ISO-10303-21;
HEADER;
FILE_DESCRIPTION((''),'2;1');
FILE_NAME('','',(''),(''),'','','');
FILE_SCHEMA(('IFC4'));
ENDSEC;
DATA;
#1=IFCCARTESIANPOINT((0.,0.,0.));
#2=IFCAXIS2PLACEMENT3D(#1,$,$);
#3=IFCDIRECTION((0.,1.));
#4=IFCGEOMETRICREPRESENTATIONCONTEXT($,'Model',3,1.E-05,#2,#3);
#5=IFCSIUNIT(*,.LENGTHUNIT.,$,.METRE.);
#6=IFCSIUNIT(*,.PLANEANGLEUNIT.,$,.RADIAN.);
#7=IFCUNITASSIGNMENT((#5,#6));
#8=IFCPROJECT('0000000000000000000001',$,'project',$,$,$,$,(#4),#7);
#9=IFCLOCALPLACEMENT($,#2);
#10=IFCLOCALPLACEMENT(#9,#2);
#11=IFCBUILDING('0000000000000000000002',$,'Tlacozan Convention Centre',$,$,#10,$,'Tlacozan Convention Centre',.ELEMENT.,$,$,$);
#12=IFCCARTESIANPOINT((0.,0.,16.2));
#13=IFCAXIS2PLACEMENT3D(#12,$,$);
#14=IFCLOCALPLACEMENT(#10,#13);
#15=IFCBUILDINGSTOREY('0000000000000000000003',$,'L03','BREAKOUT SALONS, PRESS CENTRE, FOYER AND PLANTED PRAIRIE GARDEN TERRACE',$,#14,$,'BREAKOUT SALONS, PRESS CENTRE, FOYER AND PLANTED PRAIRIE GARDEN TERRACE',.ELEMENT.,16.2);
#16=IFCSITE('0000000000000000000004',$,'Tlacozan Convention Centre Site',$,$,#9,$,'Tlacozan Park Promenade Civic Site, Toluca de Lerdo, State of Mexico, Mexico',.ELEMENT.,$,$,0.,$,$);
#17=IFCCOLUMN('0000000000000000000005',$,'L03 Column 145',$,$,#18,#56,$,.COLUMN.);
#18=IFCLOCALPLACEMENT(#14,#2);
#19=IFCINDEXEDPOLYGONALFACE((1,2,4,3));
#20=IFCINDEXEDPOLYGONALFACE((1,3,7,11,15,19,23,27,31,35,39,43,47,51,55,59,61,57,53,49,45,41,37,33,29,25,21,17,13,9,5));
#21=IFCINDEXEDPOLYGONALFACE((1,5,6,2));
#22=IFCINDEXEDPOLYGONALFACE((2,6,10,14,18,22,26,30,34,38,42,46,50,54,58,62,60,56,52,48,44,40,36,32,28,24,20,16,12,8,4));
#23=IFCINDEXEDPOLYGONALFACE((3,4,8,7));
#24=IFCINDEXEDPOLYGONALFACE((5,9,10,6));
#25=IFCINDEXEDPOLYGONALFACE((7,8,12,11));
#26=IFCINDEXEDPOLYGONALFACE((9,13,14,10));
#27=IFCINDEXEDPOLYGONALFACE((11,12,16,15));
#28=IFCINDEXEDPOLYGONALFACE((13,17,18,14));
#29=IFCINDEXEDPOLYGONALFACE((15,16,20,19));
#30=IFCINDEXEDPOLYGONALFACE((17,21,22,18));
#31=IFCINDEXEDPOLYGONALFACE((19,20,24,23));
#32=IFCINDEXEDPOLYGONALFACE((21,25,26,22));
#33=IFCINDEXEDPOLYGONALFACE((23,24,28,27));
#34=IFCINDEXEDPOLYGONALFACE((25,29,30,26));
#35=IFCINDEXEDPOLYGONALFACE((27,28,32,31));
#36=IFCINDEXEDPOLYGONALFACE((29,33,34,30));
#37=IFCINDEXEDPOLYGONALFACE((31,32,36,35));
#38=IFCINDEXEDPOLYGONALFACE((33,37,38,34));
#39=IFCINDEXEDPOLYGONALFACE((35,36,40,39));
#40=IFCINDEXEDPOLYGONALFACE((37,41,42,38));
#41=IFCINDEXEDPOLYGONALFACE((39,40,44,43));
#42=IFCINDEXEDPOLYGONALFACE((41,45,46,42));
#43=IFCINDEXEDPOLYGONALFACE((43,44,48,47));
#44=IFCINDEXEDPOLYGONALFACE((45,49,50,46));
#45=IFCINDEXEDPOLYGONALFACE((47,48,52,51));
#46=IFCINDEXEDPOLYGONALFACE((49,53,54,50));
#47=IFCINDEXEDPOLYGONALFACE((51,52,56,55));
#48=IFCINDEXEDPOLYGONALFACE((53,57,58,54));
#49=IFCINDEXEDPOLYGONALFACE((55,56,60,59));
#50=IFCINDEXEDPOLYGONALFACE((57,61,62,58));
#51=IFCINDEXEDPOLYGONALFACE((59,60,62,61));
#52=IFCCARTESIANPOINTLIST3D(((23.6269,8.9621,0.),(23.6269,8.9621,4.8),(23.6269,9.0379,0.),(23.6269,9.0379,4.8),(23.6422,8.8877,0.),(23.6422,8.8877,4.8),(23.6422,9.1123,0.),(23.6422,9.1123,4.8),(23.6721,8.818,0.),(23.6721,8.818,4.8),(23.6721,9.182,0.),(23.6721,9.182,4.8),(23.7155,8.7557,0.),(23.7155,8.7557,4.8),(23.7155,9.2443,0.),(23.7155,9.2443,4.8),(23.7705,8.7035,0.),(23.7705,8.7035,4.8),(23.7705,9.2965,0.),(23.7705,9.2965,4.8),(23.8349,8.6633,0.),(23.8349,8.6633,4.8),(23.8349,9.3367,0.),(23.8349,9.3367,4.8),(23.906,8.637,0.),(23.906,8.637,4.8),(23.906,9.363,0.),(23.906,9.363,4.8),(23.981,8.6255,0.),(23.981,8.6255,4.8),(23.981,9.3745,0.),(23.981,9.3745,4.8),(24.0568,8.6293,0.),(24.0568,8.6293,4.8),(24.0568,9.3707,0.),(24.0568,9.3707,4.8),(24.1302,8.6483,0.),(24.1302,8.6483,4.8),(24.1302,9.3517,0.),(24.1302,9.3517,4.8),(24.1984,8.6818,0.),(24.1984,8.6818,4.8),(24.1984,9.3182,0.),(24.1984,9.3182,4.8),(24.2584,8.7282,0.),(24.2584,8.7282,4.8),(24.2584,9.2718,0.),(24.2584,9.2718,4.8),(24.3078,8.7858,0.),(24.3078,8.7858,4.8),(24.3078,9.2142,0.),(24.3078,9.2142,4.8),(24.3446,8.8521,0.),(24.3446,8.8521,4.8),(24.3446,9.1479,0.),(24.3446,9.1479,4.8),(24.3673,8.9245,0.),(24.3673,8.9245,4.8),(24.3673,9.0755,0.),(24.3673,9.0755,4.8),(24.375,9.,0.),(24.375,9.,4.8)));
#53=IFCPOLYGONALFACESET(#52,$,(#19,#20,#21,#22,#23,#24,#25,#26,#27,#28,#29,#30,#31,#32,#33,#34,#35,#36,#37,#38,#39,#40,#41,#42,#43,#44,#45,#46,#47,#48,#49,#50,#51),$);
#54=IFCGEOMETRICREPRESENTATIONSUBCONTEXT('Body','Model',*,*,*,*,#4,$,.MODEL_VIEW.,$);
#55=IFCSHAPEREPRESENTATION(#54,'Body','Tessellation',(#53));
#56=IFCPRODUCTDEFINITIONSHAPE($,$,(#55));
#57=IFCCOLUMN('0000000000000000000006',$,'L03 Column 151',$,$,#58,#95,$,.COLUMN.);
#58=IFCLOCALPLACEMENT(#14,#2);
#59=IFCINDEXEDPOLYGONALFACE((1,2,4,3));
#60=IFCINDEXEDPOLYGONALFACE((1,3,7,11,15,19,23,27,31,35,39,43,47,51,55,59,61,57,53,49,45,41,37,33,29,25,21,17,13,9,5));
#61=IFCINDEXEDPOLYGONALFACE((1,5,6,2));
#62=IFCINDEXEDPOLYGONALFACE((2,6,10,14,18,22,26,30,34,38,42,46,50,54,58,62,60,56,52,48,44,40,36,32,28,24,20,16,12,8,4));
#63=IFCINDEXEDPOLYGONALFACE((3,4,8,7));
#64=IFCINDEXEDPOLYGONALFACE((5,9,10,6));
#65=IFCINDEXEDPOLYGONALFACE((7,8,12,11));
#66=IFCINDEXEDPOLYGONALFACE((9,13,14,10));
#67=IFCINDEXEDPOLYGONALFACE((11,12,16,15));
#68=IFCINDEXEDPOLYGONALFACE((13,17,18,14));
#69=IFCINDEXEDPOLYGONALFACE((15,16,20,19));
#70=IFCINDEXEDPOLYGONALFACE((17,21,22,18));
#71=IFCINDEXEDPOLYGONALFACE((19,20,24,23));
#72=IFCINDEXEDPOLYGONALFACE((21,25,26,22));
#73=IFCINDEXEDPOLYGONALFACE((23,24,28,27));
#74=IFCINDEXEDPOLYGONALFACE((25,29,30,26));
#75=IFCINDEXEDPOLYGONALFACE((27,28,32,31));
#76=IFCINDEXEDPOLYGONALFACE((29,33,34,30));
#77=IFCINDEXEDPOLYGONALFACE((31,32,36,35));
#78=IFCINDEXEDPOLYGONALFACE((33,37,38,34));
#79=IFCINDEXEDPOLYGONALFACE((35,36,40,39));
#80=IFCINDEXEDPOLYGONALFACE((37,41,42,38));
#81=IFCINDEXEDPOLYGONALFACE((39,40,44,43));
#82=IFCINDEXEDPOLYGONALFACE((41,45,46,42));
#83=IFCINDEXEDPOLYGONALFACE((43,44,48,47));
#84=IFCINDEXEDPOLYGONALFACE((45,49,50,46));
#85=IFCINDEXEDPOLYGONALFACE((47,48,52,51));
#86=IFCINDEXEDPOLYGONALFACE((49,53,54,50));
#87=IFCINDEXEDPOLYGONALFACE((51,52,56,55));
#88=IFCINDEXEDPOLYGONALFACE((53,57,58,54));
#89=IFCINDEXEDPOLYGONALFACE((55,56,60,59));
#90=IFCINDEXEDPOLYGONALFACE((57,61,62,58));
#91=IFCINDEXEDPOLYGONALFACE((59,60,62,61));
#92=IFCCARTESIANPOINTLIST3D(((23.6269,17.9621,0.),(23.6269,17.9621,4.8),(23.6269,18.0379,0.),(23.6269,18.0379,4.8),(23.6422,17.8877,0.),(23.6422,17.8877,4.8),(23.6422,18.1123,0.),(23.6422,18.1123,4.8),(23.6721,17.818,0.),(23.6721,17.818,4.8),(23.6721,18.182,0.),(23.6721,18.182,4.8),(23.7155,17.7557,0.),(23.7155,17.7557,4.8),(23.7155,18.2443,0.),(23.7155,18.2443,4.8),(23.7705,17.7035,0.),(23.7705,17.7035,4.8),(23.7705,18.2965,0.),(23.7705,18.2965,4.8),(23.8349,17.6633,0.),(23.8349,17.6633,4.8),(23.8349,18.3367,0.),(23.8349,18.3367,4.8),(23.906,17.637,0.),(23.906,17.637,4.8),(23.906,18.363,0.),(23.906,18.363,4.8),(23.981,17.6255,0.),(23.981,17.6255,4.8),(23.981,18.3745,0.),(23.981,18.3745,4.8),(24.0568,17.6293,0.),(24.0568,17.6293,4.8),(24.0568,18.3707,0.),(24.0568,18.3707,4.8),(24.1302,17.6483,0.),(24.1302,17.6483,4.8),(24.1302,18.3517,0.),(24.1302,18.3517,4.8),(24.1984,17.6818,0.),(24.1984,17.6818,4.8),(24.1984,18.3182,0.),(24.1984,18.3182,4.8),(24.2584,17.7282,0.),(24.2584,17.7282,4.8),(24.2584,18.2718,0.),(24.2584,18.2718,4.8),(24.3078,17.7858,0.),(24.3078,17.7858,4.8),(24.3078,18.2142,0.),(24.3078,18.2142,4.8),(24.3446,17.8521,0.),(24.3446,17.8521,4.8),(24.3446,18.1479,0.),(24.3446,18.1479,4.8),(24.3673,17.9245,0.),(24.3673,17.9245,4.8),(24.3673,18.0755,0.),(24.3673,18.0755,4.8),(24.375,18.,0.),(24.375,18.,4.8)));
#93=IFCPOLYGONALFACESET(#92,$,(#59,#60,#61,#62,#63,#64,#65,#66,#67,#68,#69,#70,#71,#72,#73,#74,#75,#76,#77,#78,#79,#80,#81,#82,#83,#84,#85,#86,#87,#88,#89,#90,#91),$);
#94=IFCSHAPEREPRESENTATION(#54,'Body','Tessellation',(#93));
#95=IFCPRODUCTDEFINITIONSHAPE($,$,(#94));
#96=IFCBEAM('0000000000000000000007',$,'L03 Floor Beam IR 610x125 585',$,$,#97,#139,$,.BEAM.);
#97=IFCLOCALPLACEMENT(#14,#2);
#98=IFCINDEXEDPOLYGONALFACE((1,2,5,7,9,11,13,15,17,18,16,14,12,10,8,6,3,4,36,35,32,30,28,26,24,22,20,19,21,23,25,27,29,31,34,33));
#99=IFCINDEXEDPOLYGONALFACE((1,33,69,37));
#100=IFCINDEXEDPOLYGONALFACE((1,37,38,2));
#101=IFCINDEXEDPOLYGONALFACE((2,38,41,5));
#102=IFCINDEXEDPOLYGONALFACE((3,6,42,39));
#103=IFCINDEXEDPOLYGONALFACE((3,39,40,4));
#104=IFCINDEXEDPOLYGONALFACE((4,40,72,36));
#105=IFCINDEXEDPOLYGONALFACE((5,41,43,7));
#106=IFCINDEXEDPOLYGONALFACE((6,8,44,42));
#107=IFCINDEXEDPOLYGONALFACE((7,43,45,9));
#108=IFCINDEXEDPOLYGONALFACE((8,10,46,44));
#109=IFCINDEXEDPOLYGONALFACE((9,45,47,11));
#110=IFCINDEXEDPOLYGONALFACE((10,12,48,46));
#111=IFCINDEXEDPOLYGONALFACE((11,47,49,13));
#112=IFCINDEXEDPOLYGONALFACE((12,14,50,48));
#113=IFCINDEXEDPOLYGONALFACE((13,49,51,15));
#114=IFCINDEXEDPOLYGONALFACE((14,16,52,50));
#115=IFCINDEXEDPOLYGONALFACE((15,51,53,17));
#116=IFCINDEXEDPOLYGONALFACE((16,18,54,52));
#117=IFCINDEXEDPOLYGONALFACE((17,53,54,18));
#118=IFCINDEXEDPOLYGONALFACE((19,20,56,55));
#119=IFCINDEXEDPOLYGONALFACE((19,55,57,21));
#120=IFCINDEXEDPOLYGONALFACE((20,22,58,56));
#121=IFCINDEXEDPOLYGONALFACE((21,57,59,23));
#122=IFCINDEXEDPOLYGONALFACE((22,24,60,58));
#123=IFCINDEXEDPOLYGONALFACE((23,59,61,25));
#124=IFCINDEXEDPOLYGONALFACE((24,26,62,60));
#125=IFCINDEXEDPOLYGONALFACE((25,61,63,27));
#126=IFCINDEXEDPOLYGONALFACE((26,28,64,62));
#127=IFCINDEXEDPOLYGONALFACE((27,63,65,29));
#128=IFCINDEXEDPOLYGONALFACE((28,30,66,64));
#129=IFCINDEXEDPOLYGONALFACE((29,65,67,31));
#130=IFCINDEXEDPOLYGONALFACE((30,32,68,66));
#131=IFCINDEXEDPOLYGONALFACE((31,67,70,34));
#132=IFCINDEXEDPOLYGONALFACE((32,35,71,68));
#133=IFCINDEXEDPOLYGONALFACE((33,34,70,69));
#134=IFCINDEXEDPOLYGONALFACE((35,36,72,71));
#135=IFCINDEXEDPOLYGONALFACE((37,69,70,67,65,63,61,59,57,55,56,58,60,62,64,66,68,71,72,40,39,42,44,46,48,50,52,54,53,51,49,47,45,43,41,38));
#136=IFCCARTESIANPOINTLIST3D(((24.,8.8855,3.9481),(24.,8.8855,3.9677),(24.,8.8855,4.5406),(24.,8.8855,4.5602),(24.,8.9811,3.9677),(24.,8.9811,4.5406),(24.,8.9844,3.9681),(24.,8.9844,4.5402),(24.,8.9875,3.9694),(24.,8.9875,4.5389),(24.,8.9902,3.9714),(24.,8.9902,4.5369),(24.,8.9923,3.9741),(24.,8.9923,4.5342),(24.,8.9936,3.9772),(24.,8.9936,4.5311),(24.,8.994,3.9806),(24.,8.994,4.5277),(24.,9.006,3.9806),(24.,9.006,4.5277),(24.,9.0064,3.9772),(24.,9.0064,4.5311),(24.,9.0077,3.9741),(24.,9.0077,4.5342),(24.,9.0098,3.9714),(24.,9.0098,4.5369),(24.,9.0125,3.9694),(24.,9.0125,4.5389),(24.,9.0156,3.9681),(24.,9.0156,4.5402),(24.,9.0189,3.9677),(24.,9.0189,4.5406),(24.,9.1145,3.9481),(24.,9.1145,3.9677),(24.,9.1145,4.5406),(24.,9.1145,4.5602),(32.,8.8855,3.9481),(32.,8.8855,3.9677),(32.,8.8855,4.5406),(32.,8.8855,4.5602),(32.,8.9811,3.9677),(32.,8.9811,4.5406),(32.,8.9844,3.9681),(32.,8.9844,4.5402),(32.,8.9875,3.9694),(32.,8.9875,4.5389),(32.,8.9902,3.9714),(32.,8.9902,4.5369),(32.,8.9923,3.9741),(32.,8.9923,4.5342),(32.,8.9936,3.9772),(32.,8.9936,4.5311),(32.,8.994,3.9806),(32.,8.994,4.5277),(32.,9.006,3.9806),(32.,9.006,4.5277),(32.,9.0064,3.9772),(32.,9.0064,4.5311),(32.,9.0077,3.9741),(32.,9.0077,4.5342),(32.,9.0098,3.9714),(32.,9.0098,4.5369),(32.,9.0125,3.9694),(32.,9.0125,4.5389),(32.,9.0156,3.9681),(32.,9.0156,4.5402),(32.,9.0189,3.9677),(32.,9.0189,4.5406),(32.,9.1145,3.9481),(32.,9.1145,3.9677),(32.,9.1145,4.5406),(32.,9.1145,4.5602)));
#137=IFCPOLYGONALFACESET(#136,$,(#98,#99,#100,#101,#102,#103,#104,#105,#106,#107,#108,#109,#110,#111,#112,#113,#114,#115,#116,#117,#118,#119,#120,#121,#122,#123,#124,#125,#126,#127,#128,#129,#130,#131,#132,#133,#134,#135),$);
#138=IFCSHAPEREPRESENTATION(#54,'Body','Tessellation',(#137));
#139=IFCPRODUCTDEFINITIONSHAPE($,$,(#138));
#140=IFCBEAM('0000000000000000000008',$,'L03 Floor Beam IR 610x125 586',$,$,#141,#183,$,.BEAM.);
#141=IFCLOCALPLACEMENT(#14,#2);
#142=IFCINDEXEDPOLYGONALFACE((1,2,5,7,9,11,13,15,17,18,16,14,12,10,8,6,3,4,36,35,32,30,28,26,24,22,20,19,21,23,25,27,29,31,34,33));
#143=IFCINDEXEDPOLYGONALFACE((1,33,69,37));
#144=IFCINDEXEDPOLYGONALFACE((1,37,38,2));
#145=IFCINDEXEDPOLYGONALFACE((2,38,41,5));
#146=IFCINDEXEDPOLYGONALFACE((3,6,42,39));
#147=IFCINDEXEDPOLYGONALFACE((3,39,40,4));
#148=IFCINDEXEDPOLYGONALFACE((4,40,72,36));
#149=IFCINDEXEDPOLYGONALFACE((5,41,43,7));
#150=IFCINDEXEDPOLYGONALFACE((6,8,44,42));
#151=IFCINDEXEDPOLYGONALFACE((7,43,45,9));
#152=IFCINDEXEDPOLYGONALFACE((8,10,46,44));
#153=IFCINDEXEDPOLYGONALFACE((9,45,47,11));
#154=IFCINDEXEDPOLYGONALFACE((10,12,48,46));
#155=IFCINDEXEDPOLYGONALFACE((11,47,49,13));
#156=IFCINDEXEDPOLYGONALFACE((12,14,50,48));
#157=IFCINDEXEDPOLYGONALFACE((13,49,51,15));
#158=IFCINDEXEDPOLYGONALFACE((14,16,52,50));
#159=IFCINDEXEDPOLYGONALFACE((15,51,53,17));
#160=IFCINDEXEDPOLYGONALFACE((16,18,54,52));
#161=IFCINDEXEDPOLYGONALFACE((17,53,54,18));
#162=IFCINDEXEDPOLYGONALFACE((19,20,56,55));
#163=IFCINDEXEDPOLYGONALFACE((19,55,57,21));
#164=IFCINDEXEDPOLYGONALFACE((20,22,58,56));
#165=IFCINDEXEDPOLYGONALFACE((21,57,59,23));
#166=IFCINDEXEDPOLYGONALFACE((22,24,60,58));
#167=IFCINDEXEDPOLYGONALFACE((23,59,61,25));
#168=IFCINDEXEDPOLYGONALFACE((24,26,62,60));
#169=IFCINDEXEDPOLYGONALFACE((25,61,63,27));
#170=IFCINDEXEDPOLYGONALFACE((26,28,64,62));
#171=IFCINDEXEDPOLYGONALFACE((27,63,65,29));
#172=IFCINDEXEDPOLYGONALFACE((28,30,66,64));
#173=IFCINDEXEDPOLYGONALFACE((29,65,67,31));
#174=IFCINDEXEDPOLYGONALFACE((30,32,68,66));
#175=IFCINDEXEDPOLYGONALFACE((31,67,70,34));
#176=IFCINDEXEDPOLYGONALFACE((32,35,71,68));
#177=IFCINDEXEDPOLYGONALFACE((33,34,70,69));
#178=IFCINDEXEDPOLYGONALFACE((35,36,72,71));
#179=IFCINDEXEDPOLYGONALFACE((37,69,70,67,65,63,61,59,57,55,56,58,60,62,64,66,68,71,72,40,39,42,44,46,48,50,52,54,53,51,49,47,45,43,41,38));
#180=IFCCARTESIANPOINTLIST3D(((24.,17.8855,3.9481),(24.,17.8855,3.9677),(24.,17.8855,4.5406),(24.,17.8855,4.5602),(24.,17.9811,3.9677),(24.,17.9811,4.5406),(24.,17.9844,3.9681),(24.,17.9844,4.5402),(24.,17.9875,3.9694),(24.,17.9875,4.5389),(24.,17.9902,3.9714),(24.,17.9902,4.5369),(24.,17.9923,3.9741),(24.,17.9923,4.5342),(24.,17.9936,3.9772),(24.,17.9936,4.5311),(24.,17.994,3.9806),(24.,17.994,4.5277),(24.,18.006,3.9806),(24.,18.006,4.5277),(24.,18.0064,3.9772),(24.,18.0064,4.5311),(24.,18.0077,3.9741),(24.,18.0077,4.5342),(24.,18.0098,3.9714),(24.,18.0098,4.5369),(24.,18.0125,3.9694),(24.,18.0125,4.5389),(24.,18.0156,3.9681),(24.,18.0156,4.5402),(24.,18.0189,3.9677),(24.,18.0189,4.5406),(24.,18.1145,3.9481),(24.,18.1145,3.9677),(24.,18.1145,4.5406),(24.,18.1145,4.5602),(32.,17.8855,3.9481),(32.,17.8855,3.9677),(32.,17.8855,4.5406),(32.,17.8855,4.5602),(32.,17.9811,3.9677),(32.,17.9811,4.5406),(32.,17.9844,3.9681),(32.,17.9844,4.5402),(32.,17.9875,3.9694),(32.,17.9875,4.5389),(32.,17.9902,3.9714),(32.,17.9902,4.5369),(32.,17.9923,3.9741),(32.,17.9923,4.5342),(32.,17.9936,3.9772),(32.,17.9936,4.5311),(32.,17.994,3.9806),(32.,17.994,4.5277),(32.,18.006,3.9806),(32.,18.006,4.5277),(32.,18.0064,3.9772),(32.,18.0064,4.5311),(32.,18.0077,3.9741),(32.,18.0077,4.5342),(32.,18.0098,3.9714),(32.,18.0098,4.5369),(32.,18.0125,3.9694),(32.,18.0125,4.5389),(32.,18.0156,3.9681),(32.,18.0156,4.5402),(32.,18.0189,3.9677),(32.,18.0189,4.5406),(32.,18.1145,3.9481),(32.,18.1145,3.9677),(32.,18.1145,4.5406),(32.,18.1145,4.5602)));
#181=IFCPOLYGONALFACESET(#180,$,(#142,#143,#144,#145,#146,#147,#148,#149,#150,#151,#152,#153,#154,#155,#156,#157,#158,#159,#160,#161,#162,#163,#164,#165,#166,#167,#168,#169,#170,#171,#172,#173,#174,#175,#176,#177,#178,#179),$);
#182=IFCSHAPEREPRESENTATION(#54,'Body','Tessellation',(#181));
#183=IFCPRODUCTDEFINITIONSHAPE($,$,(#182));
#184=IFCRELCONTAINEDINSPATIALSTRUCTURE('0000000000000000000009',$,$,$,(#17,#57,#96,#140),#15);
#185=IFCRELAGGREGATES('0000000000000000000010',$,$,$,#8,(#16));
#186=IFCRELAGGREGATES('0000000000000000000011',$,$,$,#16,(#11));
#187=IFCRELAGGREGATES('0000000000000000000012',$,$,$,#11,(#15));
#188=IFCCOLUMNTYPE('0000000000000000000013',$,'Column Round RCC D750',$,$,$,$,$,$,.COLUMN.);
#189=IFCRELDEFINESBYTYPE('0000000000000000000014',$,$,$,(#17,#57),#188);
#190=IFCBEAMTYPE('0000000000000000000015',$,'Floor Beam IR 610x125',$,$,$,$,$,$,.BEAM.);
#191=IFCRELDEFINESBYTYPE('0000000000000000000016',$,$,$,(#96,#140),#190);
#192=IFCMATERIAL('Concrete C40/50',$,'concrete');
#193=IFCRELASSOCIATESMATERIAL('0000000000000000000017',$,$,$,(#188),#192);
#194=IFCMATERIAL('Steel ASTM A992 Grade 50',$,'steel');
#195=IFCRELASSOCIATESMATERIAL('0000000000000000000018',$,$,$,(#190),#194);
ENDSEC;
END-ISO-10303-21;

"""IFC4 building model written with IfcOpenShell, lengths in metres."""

from ifc_helpers import new_model, si_unit, direction, frame, origin, origin_2d, place, context, subcontext, project, spatial, circle, i_section, extrude, material, material_profile, profile_set, type_object, element, save


model = new_model("IFC4")

# Units and contexts
model_context = context("Model", 3, precision=1e-05, world=origin(), true_north=direction((0.0, 1.0)))
body_context = subcontext(model_context, "Body", "Model", "MODEL_VIEW")
ifc_project = project(units=[si_unit("LENGTHUNIT", "METRE"), si_unit("PLANEANGLEUNIT", "RADIAN")], contexts=[model_context])

# Site, building, storey
site_placement = place(None, origin())
site = spatial("IfcSite", under=ifc_project, at=site_placement, Name="Tlacozan Convention Centre Site", LongName="Tlacozan Park Promenade Civic Site, Toluca de Lerdo, State of Mexico, Mexico", CompositionType="ELEMENT", RefElevation=0.0)
building_placement = place(site_placement, origin())
building = spatial("IfcBuilding", under=site, at=building_placement, Name="Tlacozan Convention Centre", LongName="Tlacozan Convention Centre", CompositionType="ELEMENT")
storey_placement = place(building_placement, frame((0.0, 0.0, 16.2)))
storey = spatial("IfcBuildingStorey", under=building, at=storey_placement, Name="L03", Description="BREAKOUT SALONS, PRESS CENTRE, FOYER AND PLANTED PRAIRIE GARDEN TERRACE", LongName="BREAKOUT SALONS, PRESS CENTRE, FOYER AND PLANTED PRAIRIE GARDEN TERRACE", CompositionType="ELEMENT", Elevation=16.2)

# Columns
ifc_material_1 = material(Name="Concrete C40/50", Category="concrete")
ifc_material_profile_1 = material_profile(ifc_material_1, circle(Radius=0.375, at=origin_2d()), Name="RCC D750")
ifc_profile_set_1 = profile_set([ifc_material_profile_1], Name="Concrete C40/50")
column_type = type_object("IfcColumnType", Name="Column Round RCC D750", PredefinedType="COLUMN", material=ifc_profile_set_1)
for number, where, z_axis, x_axis, name in (
    (1, (24.0, 9.0, 0.0), (0.0, 0.0, 1.0), (1.0, 0.0, 0.0), "L03 Column 145"),
    (2, (24.0, 18.0, 0.0), (0.0, 0.0, 1.0), (1.0, 0.0, 0.0), "L03 Column 151"),
):
    element("IfcColumn", number, at=place(storey_placement, frame(where, z_axis=z_axis, x_axis=x_axis)), inside=storey, type_object=column_type, Name=name, PredefinedType="COLUMN", context=body_context, shape_type="SweptSolid", body=[
        extrude(circle(Radius=0.375, at=origin_2d()), origin(), (0.0, 0.0, 1.0), 4.8),
    ])

# Beams
ifc_material_2 = material(Name="Steel ASTM A992 Grade 50", Category="steel")
ifc_material_profile_2 = material_profile(ifc_material_2, i_section(OverallWidth=0.229, OverallDepth=0.6121, WebThickness=0.012, FlangeThickness=0.0195, FilletRadius=0.0129, at=origin_2d()), Name="IR 610x125.0")
ifc_profile_set_2 = profile_set([ifc_material_profile_2], Name="Steel ASTM A992 Grade 50")
beam_type_1 = type_object("IfcBeamType", Name="Floor Beam IR 610x125", PredefinedType="BEAM", material=ifc_profile_set_2)
for number, where, z_axis, x_axis, name in (
    (3, (24.0, 9.0, 4.2542), (1.0, 0.0, 0.0), (0.0, 1.0, 0.0), "L03 Floor Beam IR 610x125 585"),
    (4, (24.0, 18.0, 4.2542), (1.0, 0.0, 0.0), (0.0, 1.0, 0.0), "L03 Floor Beam IR 610x125 586"),
):
    element("IfcBeam", number, at=place(storey_placement, frame(where, z_axis=z_axis, x_axis=x_axis)), inside=storey, type_object=beam_type_1, Name=name, PredefinedType="BEAM", context=body_context, shape_type="SweptSolid", body=[
        extrude(i_section(OverallWidth=0.229, OverallDepth=0.6121, WebThickness=0.012, FlangeThickness=0.0195, FilletRadius=0.0129, at=origin_2d()), origin(), (0.0, 0.0, 1.0), 8.0),
    ])

save(model, "model.ifc")
